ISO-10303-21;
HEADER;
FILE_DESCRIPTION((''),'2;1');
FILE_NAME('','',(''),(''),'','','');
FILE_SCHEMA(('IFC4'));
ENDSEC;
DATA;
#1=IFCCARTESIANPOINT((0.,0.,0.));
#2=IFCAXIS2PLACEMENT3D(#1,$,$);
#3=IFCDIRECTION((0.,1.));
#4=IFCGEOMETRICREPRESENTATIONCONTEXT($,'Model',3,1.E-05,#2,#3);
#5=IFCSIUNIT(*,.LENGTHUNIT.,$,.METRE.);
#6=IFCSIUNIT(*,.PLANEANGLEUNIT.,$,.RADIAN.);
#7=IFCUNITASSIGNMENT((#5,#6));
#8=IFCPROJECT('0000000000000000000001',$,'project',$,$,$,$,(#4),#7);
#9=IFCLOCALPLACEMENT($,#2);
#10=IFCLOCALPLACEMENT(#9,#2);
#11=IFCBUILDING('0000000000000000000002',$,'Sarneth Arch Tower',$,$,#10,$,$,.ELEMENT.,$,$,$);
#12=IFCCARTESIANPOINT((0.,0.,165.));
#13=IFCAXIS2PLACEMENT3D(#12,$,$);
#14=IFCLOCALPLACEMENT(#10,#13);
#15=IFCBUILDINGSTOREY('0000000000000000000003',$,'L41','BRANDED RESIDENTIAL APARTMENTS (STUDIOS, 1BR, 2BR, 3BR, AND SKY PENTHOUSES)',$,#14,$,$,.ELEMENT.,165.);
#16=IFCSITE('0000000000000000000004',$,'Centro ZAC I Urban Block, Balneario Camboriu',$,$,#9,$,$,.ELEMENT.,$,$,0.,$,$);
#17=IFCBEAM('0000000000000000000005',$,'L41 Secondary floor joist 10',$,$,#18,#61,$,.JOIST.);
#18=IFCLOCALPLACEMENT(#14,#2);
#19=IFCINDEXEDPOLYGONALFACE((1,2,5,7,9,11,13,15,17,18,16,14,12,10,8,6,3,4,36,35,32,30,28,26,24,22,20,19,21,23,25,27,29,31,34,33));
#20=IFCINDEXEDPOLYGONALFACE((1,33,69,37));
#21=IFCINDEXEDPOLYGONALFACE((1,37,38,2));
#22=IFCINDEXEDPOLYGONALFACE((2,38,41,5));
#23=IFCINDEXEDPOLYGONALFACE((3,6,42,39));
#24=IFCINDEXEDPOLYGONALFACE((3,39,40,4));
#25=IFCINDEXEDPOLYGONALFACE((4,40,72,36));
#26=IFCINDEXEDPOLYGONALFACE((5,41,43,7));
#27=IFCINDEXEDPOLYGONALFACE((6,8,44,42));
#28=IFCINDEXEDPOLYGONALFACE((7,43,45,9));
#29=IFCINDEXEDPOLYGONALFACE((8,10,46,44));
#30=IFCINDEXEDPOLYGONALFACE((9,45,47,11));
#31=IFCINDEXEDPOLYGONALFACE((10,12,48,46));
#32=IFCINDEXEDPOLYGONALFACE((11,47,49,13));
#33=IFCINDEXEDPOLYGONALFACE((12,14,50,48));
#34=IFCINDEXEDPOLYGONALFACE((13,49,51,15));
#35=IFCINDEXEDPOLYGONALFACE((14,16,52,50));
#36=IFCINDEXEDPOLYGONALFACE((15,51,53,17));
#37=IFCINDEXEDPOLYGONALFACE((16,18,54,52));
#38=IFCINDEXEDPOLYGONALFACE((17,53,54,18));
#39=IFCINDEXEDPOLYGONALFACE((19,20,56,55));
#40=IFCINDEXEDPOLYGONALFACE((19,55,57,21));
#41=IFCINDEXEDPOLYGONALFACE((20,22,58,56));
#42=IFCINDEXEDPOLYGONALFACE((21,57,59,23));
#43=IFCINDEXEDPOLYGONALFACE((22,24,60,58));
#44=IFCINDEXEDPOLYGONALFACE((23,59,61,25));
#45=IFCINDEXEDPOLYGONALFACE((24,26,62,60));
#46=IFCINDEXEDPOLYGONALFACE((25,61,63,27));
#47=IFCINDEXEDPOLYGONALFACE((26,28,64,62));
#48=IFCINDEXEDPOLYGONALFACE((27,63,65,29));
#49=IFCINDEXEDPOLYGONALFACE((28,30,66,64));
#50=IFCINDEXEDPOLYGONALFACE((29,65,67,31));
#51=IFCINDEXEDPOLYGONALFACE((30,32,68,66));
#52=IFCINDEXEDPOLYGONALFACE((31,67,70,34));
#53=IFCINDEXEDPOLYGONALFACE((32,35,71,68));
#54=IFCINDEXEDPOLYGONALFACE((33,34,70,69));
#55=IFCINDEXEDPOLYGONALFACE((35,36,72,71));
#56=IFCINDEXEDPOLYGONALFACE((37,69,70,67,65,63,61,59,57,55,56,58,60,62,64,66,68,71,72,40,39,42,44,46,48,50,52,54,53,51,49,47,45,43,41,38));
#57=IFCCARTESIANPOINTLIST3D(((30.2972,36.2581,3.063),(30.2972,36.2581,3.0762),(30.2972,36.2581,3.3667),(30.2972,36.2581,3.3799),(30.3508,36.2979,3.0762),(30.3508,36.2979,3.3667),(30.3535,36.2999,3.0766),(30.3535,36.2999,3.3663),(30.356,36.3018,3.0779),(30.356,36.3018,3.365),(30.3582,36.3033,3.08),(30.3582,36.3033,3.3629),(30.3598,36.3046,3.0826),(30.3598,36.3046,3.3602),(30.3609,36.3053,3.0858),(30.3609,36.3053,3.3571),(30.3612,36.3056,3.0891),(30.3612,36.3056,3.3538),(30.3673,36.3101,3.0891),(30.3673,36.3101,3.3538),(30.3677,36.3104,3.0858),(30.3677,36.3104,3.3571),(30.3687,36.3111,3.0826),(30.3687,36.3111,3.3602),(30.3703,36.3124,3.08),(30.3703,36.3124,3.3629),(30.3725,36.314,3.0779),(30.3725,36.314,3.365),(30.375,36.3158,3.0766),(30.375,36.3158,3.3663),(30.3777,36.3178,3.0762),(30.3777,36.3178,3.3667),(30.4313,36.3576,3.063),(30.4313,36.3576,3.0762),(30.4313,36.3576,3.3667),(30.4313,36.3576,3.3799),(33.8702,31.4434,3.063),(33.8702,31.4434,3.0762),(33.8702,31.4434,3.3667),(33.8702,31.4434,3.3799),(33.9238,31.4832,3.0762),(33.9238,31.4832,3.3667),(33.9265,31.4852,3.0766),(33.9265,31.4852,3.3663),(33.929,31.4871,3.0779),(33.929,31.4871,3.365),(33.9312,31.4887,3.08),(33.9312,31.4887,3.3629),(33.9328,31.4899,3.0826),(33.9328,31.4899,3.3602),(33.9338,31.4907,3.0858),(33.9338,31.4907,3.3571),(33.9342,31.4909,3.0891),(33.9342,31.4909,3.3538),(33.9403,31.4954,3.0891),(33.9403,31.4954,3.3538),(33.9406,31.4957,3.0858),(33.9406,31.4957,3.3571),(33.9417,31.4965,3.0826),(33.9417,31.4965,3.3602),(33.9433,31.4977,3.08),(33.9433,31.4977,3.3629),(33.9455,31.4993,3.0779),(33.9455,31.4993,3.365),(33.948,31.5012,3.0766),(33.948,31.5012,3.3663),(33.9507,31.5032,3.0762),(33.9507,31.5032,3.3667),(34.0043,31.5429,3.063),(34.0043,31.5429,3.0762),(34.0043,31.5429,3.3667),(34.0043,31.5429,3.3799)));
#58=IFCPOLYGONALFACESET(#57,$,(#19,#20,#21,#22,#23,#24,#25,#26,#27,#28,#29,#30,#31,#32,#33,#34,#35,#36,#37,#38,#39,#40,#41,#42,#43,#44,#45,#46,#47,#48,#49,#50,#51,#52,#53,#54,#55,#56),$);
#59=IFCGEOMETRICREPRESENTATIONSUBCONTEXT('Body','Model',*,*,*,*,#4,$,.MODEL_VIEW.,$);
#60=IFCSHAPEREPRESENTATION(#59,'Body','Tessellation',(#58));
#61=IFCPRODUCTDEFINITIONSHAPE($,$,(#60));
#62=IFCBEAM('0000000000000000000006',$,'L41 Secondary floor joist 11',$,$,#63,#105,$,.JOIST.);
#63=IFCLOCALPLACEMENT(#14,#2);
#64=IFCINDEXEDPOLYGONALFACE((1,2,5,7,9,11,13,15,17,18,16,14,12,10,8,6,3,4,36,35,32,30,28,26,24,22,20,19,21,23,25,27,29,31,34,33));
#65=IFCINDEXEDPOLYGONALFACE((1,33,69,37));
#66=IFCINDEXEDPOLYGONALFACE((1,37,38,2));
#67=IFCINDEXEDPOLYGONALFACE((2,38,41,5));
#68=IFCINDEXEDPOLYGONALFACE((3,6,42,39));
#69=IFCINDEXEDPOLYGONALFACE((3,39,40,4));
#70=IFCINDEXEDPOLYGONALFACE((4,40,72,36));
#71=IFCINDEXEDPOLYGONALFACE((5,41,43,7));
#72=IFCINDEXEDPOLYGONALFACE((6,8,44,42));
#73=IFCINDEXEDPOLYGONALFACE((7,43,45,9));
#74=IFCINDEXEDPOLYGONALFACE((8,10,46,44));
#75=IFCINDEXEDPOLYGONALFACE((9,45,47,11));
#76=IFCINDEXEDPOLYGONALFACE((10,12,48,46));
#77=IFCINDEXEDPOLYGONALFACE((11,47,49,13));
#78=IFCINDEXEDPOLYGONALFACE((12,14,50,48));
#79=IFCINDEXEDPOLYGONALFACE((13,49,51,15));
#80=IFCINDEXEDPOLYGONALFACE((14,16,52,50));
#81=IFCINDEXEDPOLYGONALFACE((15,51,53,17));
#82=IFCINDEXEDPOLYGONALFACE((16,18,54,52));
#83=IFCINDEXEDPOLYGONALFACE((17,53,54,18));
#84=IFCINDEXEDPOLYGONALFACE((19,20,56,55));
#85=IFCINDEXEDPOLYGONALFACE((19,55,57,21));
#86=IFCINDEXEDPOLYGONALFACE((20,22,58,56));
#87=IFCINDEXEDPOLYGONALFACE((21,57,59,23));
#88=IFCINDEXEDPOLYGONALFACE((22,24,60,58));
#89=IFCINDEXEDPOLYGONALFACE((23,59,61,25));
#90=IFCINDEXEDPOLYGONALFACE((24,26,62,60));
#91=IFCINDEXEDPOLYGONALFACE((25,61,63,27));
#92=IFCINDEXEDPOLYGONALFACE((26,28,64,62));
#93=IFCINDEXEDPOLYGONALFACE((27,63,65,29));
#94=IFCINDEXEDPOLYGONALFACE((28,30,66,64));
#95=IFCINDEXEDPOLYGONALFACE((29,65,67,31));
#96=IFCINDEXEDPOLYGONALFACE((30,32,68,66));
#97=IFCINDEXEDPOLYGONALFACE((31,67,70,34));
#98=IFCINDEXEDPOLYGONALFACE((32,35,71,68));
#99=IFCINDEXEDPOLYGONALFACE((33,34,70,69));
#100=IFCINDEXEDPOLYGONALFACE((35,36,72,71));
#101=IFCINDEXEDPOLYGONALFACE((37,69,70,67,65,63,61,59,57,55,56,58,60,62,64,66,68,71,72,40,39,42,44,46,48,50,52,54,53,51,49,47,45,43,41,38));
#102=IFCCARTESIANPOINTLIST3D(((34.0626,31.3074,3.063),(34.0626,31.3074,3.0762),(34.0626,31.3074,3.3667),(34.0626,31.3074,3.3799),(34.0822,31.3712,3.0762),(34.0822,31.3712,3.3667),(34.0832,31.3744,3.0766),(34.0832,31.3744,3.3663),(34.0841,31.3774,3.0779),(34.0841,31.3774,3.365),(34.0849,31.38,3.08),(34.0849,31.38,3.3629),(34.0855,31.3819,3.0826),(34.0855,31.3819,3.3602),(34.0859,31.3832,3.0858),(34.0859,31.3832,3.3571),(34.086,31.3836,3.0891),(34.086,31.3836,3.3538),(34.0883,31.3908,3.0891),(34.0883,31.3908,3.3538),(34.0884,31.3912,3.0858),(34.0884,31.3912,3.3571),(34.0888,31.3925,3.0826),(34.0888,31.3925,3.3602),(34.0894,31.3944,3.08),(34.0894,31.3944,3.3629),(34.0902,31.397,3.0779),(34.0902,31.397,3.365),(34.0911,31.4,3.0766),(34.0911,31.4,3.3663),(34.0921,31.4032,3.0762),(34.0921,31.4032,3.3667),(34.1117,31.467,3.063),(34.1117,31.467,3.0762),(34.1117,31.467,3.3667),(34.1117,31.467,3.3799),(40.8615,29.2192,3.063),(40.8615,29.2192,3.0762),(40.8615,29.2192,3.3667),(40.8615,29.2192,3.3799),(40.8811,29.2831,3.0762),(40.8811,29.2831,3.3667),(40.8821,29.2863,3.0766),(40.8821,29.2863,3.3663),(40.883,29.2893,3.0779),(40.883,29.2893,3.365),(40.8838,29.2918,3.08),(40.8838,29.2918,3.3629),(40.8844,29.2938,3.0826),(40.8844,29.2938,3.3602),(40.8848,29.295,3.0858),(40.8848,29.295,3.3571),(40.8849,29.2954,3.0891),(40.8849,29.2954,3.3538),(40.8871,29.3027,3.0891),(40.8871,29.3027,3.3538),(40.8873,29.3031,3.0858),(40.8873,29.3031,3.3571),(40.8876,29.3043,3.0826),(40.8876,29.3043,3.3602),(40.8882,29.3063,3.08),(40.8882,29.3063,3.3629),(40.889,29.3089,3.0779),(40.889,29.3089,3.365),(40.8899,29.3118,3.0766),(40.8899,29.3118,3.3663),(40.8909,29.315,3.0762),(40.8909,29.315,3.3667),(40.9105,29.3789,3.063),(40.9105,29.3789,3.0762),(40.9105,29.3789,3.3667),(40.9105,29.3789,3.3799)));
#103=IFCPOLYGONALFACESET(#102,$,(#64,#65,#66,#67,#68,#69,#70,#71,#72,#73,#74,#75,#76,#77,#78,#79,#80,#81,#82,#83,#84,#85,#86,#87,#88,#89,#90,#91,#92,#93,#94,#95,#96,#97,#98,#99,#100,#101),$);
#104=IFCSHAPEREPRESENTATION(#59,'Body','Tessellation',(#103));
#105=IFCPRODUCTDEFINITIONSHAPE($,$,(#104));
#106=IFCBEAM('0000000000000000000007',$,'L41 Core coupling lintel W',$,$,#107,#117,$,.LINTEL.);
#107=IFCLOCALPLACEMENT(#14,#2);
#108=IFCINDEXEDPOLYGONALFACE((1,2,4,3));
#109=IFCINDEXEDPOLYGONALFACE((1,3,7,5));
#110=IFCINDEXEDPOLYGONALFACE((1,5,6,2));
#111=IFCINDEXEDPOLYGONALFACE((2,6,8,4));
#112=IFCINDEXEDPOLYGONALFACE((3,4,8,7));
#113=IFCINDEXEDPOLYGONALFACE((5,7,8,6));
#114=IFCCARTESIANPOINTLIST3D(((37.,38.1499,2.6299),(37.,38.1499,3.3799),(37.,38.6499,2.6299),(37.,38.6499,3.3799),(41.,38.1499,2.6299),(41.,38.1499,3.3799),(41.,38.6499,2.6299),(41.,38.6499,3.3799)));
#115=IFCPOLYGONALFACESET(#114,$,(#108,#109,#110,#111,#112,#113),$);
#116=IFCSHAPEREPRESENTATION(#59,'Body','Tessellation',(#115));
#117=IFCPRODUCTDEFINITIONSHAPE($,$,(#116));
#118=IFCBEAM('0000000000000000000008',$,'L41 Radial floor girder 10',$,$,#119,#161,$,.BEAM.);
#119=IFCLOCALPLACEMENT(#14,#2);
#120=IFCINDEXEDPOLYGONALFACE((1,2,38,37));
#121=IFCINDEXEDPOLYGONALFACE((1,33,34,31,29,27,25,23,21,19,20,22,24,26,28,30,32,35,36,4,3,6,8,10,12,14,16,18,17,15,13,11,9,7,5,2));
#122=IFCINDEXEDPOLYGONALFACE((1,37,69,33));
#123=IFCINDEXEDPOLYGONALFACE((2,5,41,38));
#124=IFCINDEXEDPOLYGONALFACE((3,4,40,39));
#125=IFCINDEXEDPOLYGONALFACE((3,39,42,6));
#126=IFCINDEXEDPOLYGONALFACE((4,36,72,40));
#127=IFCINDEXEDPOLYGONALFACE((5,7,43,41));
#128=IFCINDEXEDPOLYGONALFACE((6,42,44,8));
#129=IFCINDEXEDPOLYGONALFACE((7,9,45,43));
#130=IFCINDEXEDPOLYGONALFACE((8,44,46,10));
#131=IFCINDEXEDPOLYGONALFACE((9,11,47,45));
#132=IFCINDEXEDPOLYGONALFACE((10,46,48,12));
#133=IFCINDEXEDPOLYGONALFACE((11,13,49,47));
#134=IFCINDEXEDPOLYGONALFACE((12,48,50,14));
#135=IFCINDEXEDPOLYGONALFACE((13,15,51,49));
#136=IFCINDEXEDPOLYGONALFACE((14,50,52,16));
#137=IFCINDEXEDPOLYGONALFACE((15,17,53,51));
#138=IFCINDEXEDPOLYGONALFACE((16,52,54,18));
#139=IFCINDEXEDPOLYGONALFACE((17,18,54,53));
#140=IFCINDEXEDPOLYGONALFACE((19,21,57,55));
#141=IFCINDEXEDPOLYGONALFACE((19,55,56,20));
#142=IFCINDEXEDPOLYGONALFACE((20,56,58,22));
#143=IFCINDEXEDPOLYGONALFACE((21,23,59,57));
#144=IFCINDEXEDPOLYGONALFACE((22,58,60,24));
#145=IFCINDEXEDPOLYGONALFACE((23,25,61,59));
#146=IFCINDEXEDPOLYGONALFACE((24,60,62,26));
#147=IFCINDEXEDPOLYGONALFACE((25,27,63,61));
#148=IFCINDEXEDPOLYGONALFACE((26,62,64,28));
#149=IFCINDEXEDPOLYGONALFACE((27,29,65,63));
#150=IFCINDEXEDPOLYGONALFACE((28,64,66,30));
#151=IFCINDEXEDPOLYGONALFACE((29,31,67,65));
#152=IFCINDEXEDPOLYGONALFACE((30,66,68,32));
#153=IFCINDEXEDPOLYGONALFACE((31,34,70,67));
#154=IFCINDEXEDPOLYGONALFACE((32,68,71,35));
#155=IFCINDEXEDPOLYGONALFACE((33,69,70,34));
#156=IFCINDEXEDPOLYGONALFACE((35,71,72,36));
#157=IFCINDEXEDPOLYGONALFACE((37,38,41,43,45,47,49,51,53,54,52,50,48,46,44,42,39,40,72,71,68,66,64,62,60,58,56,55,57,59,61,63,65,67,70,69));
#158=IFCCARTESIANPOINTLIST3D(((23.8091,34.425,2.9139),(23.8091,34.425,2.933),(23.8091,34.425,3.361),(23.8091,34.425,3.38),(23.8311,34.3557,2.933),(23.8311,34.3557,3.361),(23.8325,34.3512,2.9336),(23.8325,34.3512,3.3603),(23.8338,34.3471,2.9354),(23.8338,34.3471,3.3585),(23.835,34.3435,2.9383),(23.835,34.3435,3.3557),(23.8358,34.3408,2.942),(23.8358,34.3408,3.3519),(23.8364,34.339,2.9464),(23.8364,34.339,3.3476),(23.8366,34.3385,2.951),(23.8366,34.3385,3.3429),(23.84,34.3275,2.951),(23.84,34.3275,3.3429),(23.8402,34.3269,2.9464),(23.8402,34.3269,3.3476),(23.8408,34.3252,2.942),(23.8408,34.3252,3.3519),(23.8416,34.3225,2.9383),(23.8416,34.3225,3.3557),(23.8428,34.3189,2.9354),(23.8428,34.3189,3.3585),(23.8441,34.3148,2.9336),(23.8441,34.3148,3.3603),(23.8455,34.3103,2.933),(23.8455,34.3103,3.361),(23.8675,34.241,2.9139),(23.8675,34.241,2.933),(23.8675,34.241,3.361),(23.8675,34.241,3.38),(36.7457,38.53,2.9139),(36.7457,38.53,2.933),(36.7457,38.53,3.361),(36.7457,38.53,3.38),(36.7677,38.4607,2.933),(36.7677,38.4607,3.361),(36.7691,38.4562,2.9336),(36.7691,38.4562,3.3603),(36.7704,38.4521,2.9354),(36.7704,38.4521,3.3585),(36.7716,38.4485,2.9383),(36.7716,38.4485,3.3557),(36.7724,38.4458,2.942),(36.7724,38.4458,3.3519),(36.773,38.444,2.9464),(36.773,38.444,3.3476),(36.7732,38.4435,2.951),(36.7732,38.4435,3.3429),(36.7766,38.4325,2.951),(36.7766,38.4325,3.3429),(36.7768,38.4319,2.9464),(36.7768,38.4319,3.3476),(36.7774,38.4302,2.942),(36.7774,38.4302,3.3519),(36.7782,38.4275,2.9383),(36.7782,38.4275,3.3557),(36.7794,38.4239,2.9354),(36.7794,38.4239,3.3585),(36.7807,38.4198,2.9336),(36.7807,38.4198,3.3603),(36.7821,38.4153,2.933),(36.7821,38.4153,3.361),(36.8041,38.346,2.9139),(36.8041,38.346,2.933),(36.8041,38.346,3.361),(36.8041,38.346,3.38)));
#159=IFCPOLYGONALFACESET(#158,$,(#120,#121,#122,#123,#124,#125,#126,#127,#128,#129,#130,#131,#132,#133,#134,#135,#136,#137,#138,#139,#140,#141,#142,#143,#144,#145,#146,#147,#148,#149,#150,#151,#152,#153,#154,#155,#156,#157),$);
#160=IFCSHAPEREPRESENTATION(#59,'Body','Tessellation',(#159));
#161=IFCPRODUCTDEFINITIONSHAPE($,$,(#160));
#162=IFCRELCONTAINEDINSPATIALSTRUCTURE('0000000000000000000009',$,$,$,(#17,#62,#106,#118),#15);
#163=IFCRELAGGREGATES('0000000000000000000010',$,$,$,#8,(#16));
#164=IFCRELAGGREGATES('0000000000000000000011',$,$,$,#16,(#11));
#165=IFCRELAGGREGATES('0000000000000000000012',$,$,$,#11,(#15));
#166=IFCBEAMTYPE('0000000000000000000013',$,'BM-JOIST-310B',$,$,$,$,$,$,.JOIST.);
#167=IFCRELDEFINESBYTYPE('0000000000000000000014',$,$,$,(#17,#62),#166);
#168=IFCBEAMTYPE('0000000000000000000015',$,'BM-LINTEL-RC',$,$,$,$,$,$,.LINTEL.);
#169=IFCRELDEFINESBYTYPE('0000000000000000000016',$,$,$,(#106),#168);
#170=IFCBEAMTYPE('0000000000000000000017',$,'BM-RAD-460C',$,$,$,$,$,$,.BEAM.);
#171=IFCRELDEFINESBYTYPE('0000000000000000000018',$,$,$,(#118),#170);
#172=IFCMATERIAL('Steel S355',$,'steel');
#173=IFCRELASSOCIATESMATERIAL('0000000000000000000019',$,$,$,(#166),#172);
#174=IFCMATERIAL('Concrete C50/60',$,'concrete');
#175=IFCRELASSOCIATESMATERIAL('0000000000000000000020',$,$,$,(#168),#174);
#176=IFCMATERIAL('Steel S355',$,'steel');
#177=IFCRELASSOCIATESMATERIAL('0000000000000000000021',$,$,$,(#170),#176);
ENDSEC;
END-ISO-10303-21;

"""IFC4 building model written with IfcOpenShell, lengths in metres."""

from ifc_helpers import new_model, si_unit, direction, frame, origin, origin_2d, place, context, subcontext, project, spatial, rectangle, i_section, extrude, material, material_profile, profile_set, type_object, element, save


model = new_model("IFC4")

# Units and contexts
model_context = context("Model", 3, precision=1e-05, world=origin(), true_north=direction((0.0, 1.0)))
body_context = subcontext(model_context, "Body", "Model", "MODEL_VIEW")
ifc_project = project(units=[si_unit("LENGTHUNIT", "METRE"), si_unit("PLANEANGLEUNIT", "RADIAN")], contexts=[model_context])

# Site, building, storey
site_placement = place(None, origin())
site = spatial("IfcSite", under=ifc_project, at=site_placement, Name="Centro ZAC I Urban Block, Balneario Camboriu", CompositionType="ELEMENT", RefElevation=0.0)
building_placement = place(site_placement, origin())
building = spatial("IfcBuilding", under=site, at=building_placement, Name="Sarneth Arch Tower", CompositionType="ELEMENT")
storey_placement = place(building_placement, frame((0.0, 0.0, 165.0)))
storey = spatial("IfcBuildingStorey", under=building, at=storey_placement, Name="L41", Description="BRANDED RESIDENTIAL APARTMENTS (STUDIOS, 1BR, 2BR, 3BR, AND SKY PENTHOUSES)", CompositionType="ELEMENT", Elevation=165.0)

# Beams
ifc_material_1 = material(Name="Steel S355", Category="steel")
ifc_material_profile_1 = material_profile(ifc_material_1, i_section(OverallWidth=0.167, OverallDepth=0.3169, WebThickness=0.0076, FlangeThickness=0.0132, FilletRadius=0.0129, at=origin_2d()), Name="W310x52")
ifc_profile_set_1 = profile_set([ifc_material_profile_1], Name="Steel S355")
beam_type_1 = type_object("IfcBeamType", Name="BM-JOIST-310B", PredefinedType="JOIST", material=ifc_profile_set_1)
beam_1_placement = place(storey_placement, frame((30.3643, 36.3079, 3.2214), z_axis=(0.595933, -0.803034, 0.0), x_axis=(0.803034, 0.595933, 0.0)))
element("IfcBeam", 1, at=beam_1_placement, inside=storey, type_object=beam_type_1, Name="L41 Secondary floor joist 10", PredefinedType="JOIST", context=body_context, shape_type="SweptSolid", body=[
    extrude(i_section(OverallWidth=0.167, OverallDepth=0.3169, WebThickness=0.0076, FlangeThickness=0.0132, FilletRadius=0.0129, at=origin_2d()), origin(), (0.0, 0.0, 1.0), 5.9956),
])
beam_2_placement = place(storey_placement, frame((34.0872, 31.3872, 3.2214), z_axis=(0.95593, -0.293596, 0.0), x_axis=(0.293596, 0.95593, 0.0)))
element("IfcBeam", 2, at=beam_2_placement, inside=storey, type_object=beam_type_1, Name="L41 Secondary floor joist 11", PredefinedType="JOIST", context=body_context, shape_type="SweptSolid", body=[
    extrude(i_section(OverallWidth=0.167, OverallDepth=0.3169, WebThickness=0.0076, FlangeThickness=0.0132, FilletRadius=0.0129, at=origin_2d()), origin(), (0.0, 0.0, 1.0), 7.1123),
])
ifc_material_2 = material(Name="Concrete C50/60", Category="concrete")
ifc_material_profile_2 = material_profile(ifc_material_2, rectangle(XDim=0.5, YDim=0.75, at=origin_2d()), Name="RC-500x750")
ifc_profile_set_2 = profile_set([ifc_material_profile_2], Name="Concrete C50/60")
beam_type_2 = type_object("IfcBeamType", Name="BM-LINTEL-RC", PredefinedType="LINTEL", material=ifc_profile_set_2)
beam_3_placement = place(storey_placement, frame((37.0, 38.3999, 3.0049), z_axis=(1.0, 0.0, 0.0), x_axis=(0.0, 1.0, 0.0)))
element("IfcBeam", 3, at=beam_3_placement, inside=storey, type_object=beam_type_2, Name="L41 Core coupling lintel W", PredefinedType="LINTEL", context=body_context, shape_type="SweptSolid", body=[
    extrude(rectangle(XDim=0.5, YDim=0.75, at=origin_2d()), origin(), (0.0, 0.0, 1.0), 4.0),
])
ifc_material_3 = material(Name="Steel S355", Category="steel")
ifc_material_profile_3 = material_profile(ifc_material_3, i_section(OverallWidth=0.1931, OverallDepth=0.4661, WebThickness=0.0115, FlangeThickness=0.019, FilletRadius=0.0181, at=origin_2d()), Name="W460x97")
ifc_profile_set_3 = profile_set([ifc_material_profile_3], Name="Steel S355")
beam_type_3 = type_object("IfcBeamType", Name="BM-RAD-460C", PredefinedType="BEAM", material=ifc_profile_set_3)
beam_4_placement = place(storey_placement, frame((36.7749, 38.438, 3.147), z_axis=(-0.953164, -0.302455, 0.0), x_axis=(0.302455, -0.953164, 0.0)))
element("IfcBeam", 4, at=beam_4_placement, inside=storey, type_object=beam_type_3, Name="L41 Radial floor girder 10", PredefinedType="BEAM", context=body_context, shape_type="SweptSolid", body=[
    extrude(i_section(OverallWidth=0.1931, OverallDepth=0.4661, WebThickness=0.0115, FlangeThickness=0.019, FilletRadius=0.0181, at=origin_2d()), origin(), (0.0, 0.0, 1.0), 13.5723),
])

save(model, "model.ifc")
